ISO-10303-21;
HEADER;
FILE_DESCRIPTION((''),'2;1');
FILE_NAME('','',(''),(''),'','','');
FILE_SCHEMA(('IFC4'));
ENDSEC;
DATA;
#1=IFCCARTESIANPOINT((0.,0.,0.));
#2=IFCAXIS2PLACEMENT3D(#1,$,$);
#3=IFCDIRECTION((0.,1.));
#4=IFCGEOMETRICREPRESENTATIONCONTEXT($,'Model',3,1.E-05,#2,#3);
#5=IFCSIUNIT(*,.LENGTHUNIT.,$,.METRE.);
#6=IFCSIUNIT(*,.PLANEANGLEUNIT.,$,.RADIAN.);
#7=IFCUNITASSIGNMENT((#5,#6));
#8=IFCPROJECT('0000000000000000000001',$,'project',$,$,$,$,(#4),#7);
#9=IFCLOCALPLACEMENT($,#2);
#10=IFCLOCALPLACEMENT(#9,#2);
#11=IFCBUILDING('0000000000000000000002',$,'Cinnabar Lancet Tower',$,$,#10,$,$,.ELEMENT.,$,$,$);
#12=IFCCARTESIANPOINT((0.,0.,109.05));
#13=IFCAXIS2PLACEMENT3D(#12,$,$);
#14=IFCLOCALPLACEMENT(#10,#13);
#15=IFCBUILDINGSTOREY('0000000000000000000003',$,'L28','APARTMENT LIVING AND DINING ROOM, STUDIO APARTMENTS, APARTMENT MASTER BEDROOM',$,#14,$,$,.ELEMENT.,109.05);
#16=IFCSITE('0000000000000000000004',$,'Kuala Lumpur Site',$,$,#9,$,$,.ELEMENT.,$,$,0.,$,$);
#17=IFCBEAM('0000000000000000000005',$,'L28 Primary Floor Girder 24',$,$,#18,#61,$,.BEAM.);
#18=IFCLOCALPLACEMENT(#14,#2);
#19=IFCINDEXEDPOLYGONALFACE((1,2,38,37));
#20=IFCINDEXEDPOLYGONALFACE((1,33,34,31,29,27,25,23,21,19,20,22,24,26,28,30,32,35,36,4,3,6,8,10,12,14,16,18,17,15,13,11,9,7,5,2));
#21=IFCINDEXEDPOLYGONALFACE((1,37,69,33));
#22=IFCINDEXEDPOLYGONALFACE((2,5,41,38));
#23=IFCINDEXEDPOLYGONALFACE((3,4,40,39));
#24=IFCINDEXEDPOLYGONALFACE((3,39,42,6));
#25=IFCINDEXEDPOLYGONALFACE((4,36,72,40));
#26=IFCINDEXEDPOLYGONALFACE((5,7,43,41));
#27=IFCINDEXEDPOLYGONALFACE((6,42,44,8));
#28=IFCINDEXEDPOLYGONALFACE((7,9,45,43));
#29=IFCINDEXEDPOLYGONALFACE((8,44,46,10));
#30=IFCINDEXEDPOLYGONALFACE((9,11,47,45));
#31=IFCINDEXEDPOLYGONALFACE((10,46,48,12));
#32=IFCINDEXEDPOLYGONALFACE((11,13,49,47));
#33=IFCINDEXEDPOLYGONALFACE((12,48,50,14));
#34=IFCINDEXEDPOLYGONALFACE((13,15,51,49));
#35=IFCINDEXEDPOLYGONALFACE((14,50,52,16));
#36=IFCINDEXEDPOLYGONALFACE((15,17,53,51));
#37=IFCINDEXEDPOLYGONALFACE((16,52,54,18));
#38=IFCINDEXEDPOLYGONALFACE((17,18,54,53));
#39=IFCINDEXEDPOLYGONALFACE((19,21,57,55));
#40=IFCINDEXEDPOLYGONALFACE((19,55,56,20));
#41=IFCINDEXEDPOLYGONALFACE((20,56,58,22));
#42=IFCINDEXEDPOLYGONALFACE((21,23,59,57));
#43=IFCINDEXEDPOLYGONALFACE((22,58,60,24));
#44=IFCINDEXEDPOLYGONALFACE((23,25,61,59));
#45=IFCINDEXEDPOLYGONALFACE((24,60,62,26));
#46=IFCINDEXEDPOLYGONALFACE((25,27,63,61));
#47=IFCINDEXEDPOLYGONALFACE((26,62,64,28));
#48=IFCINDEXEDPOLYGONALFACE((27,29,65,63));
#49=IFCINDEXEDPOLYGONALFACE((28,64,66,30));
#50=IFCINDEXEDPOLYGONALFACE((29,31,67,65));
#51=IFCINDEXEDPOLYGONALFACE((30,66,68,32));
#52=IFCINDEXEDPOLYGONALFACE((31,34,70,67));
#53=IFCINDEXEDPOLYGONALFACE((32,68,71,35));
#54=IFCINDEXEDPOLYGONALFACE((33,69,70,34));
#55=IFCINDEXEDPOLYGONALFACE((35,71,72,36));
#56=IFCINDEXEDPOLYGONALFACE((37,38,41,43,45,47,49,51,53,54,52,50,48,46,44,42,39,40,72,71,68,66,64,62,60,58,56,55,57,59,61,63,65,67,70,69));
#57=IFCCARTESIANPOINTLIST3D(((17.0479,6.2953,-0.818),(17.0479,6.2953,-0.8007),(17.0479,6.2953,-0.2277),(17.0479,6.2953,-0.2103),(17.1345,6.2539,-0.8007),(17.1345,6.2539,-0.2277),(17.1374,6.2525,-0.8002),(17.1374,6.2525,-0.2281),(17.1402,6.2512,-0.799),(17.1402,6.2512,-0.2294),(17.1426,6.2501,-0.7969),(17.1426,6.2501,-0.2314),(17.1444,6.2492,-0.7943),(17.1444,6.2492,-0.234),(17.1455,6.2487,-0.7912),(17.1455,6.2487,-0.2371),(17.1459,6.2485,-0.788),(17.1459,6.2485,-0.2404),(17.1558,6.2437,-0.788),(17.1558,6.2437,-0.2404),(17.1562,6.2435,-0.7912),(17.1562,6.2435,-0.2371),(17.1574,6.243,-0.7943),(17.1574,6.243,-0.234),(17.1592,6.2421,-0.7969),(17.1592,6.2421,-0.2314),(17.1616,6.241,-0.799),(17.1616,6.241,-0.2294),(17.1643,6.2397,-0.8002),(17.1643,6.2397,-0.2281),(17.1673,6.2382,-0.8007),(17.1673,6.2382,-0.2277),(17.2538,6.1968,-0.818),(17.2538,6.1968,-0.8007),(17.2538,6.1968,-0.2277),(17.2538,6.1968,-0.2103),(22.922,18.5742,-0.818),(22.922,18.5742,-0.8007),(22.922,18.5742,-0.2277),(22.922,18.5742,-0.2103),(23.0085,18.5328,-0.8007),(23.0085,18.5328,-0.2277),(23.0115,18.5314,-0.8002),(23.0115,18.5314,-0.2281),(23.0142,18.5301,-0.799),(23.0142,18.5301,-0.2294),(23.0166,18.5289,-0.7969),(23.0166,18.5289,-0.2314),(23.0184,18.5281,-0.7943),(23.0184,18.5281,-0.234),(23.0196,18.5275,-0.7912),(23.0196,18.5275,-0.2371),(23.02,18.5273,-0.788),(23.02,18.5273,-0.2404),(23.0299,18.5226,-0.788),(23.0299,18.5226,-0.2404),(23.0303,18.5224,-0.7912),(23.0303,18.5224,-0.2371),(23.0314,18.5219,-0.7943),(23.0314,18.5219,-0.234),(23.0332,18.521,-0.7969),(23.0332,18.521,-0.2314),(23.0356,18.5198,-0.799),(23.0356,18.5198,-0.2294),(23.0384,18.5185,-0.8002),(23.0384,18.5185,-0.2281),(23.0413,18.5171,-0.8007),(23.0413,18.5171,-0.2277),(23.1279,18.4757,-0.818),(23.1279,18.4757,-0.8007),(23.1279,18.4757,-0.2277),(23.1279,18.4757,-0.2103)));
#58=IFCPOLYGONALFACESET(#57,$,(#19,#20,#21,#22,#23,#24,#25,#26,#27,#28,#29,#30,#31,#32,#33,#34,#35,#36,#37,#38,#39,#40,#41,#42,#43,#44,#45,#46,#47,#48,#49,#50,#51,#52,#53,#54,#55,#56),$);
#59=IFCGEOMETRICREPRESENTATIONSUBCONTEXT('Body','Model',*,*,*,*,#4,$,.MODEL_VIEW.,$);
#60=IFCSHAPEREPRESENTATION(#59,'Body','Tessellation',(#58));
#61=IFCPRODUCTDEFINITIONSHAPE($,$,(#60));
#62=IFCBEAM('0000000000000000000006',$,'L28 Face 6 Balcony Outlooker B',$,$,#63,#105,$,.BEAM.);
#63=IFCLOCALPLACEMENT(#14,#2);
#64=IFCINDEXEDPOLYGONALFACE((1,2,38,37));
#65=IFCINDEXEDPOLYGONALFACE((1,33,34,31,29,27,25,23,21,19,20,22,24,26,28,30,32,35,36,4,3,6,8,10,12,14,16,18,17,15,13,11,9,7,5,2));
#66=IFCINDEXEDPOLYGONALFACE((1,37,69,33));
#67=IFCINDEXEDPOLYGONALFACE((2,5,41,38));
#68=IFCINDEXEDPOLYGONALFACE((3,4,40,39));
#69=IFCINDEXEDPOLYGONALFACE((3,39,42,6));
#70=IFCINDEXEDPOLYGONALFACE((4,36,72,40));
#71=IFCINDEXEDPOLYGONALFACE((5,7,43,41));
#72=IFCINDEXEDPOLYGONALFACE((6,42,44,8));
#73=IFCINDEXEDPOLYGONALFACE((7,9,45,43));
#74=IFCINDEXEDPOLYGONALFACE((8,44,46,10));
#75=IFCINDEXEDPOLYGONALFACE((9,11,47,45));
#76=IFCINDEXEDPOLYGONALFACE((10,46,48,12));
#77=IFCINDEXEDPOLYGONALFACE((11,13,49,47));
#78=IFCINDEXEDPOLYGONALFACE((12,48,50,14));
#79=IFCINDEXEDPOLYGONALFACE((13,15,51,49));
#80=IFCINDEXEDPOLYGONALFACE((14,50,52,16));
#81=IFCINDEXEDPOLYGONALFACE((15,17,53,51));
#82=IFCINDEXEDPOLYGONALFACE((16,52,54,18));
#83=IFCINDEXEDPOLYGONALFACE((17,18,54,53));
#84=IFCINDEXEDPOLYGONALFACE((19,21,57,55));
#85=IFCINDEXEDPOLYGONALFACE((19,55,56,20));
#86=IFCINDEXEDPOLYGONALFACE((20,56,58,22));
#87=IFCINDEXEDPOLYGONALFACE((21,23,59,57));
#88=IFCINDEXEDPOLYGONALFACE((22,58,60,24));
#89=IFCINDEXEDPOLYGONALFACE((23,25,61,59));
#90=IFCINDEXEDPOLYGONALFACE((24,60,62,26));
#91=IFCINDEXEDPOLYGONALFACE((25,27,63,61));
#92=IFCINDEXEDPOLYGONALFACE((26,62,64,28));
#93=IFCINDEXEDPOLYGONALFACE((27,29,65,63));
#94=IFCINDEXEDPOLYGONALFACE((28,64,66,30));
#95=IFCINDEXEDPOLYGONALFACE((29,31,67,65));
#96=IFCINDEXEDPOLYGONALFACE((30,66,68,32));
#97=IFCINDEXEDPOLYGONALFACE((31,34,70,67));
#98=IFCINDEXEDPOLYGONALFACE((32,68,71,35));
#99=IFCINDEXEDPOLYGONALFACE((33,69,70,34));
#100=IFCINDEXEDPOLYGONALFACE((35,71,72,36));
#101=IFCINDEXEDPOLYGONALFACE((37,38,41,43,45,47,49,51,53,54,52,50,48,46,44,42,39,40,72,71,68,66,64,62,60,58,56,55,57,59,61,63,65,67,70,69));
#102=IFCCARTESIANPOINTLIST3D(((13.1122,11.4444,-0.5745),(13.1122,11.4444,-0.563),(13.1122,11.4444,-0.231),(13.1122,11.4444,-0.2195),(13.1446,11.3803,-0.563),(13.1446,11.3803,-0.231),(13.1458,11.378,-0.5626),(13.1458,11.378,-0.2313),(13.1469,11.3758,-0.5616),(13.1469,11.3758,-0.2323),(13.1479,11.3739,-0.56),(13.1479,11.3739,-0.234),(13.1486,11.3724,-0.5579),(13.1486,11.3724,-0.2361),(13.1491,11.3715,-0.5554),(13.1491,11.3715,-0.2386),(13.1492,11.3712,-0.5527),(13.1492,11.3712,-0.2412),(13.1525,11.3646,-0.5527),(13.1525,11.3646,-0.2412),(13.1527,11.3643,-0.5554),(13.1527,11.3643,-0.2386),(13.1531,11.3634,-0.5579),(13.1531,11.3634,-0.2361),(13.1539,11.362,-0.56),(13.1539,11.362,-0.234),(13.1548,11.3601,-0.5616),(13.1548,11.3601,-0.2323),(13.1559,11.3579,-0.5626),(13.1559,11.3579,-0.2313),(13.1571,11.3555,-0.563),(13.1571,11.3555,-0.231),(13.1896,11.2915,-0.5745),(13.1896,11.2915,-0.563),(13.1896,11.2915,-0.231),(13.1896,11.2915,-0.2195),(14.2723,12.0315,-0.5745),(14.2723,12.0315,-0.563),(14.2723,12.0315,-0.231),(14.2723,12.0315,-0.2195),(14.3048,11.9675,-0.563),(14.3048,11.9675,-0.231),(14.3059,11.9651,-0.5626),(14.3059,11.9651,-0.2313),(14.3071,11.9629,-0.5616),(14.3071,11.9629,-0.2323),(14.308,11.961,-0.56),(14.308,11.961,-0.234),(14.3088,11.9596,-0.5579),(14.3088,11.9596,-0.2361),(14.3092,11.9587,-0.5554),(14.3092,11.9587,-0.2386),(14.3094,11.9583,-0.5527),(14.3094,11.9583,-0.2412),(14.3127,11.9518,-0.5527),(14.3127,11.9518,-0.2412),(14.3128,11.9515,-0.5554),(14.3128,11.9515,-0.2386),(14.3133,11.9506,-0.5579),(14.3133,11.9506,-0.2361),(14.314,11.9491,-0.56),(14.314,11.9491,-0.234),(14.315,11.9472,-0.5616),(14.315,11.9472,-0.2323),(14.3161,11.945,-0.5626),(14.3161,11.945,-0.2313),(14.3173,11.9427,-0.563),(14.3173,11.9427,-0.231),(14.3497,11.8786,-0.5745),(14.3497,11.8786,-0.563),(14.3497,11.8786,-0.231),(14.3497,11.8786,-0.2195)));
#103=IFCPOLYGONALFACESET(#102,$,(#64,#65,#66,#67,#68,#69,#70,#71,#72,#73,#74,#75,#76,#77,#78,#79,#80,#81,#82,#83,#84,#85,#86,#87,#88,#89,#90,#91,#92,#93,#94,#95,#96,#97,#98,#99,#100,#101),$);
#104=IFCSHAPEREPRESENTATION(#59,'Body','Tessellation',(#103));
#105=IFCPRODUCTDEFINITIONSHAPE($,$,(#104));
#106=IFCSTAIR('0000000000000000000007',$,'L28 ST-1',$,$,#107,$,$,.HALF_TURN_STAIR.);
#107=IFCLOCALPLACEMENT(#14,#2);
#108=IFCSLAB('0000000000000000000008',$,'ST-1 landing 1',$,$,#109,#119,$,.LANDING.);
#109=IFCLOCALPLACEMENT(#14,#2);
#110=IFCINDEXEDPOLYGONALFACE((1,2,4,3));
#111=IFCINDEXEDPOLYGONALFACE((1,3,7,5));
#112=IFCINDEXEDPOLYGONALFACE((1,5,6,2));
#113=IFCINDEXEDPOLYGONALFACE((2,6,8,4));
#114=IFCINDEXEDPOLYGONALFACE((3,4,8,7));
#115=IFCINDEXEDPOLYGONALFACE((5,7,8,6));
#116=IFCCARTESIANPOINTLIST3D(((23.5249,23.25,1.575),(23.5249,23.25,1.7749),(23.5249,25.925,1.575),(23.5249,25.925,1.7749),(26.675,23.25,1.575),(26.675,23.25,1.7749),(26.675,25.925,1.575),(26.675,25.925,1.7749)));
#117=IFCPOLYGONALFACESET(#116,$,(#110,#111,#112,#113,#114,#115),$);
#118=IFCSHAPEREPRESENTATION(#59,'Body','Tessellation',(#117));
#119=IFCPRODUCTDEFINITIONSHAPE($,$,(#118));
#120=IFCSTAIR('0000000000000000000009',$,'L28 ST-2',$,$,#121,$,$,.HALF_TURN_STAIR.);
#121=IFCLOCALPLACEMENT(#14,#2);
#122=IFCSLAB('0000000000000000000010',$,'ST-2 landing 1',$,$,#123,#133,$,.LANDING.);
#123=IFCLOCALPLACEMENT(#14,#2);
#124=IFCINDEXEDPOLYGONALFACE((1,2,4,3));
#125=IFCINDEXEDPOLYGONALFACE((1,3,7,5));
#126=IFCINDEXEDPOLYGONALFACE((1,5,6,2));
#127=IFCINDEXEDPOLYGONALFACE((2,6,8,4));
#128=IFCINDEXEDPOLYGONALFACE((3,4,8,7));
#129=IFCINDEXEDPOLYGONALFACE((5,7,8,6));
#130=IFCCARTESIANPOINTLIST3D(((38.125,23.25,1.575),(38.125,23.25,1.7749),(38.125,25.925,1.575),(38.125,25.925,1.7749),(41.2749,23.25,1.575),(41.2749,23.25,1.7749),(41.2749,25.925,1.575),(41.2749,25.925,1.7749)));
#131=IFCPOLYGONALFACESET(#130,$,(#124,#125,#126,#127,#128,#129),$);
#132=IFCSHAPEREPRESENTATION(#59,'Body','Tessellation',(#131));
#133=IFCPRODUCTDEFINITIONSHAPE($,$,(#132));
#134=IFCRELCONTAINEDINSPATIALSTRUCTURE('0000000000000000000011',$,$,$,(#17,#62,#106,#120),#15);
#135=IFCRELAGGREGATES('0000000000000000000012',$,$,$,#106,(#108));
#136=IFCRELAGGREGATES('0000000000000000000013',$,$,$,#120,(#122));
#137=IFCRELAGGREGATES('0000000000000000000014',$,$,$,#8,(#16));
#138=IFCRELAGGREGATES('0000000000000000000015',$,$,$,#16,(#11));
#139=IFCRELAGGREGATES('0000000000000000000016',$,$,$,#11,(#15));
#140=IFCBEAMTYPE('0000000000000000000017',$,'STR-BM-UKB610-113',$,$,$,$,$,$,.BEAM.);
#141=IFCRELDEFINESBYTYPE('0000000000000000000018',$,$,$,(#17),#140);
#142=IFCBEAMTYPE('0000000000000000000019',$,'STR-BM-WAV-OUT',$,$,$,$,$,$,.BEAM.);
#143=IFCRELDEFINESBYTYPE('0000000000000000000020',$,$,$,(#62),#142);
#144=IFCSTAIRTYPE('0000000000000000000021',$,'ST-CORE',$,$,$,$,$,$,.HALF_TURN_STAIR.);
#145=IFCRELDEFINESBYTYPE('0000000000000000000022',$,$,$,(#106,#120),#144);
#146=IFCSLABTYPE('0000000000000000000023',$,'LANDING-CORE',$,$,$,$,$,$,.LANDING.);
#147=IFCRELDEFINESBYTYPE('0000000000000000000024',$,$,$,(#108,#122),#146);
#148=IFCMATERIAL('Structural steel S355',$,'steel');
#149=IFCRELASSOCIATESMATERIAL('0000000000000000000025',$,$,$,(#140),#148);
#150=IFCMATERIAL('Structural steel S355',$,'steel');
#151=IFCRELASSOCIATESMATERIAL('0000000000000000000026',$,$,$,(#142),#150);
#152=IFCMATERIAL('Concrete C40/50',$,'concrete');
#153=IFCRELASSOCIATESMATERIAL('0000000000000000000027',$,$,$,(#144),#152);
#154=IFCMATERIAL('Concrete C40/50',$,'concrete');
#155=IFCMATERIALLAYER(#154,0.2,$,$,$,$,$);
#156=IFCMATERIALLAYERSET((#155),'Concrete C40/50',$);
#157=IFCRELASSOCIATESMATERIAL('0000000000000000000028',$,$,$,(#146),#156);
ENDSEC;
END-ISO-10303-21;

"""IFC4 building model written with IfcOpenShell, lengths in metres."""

from ifc_helpers import new_model, si_unit, direction, frame, origin, origin_2d, place, context, subcontext, project, spatial, polyline, i_section, outline, extrude, material, layer, layer_set, material_profile, profile_set, type_object, element, aggregate, save


model = new_model("IFC4")

# Units and contexts
model_context = context("Model", 3, precision=1e-05, world=origin(), true_north=direction((0.0, 1.0)))
body_context = subcontext(model_context, "Body", "Model", "MODEL_VIEW")
ifc_project = project(units=[si_unit("LENGTHUNIT", "METRE"), si_unit("PLANEANGLEUNIT", "RADIAN")], contexts=[model_context])

# Site, building, storey
site_placement = place(None, origin())
site = spatial("IfcSite", under=ifc_project, at=site_placement, Name="Kuala Lumpur Site", CompositionType="ELEMENT", RefElevation=0.0)
building_placement = place(site_placement, origin())
building = spatial("IfcBuilding", under=site, at=building_placement, Name="Cinnabar Lancet Tower", CompositionType="ELEMENT")
storey_placement = place(building_placement, frame((0.0, 0.0, 109.05)))
storey = spatial("IfcBuildingStorey", under=building, at=storey_placement, Name="L28", Description="APARTMENT LIVING AND DINING ROOM, STUDIO APARTMENTS, APARTMENT MASTER BEDROOM", CompositionType="ELEMENT", Elevation=109.05)

# Beams
ifc_material_1 = material(Name="Structural steel S355", Category="steel")
ifc_material_profile_1 = material_profile(ifc_material_1, i_section(OverallWidth=0.2283, OverallDepth=0.6077, WebThickness=0.011, FlangeThickness=0.0173, FilletRadius=0.0127, at=origin_2d()), Name="UKB 610x229x113")
ifc_profile_set_1 = profile_set([ifc_material_profile_1], Name="Structural steel S355")
beam_type_1 = type_object("IfcBeamType", Name="STR-BM-UKB610-113", PredefinedType="BEAM", material=ifc_profile_set_1)
beam_1_placement = place(storey_placement, frame((17.1509, 6.2461, -0.5142), z_axis=(0.431548, 0.90209, 0.0), x_axis=(-0.90209, 0.431548, 0.0)))
element("IfcBeam", 1, at=beam_1_placement, inside=storey, type_object=beam_type_1, Name="L28 Primary Floor Girder 24", PredefinedType="BEAM", context=body_context, shape_type="SweptSolid", body=[
    extrude(i_section(OverallWidth=0.2283, OverallDepth=0.6077, WebThickness=0.011, FlangeThickness=0.0173, FilletRadius=0.0127, at=origin_2d()), origin(), (0.0, 0.0, 1.0), 13.6116),
])
ifc_material_2 = material(Name="Structural steel S355", Category="steel")
ifc_material_profile_2 = material_profile(ifc_material_2, i_section(OverallWidth=0.1714, OverallDepth=0.355, WebThickness=0.0073, FlangeThickness=0.0115, FilletRadius=0.0103, at=origin_2d()), Name="UKB 356x171x51")
ifc_profile_set_2 = profile_set([ifc_material_profile_2], Name="Structural steel S355")
beam_type_2 = type_object("IfcBeamType", Name="STR-BM-WAV-OUT", PredefinedType="BEAM", material=ifc_profile_set_2)
beam_2_placement = place(storey_placement, frame((14.311, 11.9551, -0.397), z_axis=(-0.892239, -0.451564, 0.0), x_axis=(0.451564, -0.892239, 0.0)))
element("IfcBeam", 2, at=beam_2_placement, inside=storey, type_object=beam_type_2, Name="L28 Face 6 Balcony Outlooker B", PredefinedType="BEAM", context=body_context, shape_type="SweptSolid", body=[
    extrude(i_section(OverallWidth=0.1714, OverallDepth=0.355, WebThickness=0.0073, FlangeThickness=0.0115, FilletRadius=0.0103, at=origin_2d()), origin(), (0.0, 0.0, 1.0), 1.3003),
])

# Stairs, slabs
ifc_material_3 = material(Name="Concrete C40/50", Category="concrete")
stair_type = type_object("IfcStairType", Name="ST-CORE", PredefinedType="HALF_TURN_STAIR", material=ifc_material_3)
stair_1_placement = place(storey_placement, origin())
stair_1 = element("IfcStair", 3, at=stair_1_placement, inside=storey, type_object=stair_type, Name="L28 ST-1", PredefinedType="HALF_TURN_STAIR")
ifc_material_4 = material(Name="Concrete C40/50", Category="concrete")
ifc_layer_1 = layer(ifc_material_4, 0.2)
ifc_layer_set_1 = layer_set([ifc_layer_1], Name="Concrete C40/50")
slab_type_1 = type_object("IfcSlabType", Name="LANDING-CORE", PredefinedType="LANDING", material=ifc_layer_set_1)
slab_1_placement = place(storey_placement, frame((0.0, 0.0, 1.575)))
slab_1 = element("IfcSlab", 4, at=slab_1_placement, type_object=slab_type_1, Name="ST-1 landing 1", PredefinedType="LANDING", context=body_context, shape_type="SweptSolid", body=[
    extrude(outline(polyline([(23.5249, 25.925), (23.5249, 23.25), (26.675, 23.25), (26.675, 25.925), (23.5249, 25.925)])), origin(), (0.0, 0.0, 1.0), 0.2),
])
aggregate(stair_1, [slab_1])
stair_2_placement = place(storey_placement, origin())
stair_2 = element("IfcStair", 5, at=stair_2_placement, inside=storey, type_object=stair_type, Name="L28 ST-2", PredefinedType="HALF_TURN_STAIR")
slab_2_placement = place(storey_placement, frame((0.0, 0.0, 1.575)))
slab_2 = element("IfcSlab", 6, at=slab_2_placement, type_object=slab_type_1, Name="ST-2 landing 1", PredefinedType="LANDING", context=body_context, shape_type="SweptSolid", body=[
    extrude(outline(polyline([(38.125, 25.925), (38.125, 23.25), (41.2749, 23.25), (41.2749, 25.925), (38.125, 25.925)])), origin(), (0.0, 0.0, 1.0), 0.2),
])
aggregate(stair_2, [slab_2])

save(model, "model.ifc")
